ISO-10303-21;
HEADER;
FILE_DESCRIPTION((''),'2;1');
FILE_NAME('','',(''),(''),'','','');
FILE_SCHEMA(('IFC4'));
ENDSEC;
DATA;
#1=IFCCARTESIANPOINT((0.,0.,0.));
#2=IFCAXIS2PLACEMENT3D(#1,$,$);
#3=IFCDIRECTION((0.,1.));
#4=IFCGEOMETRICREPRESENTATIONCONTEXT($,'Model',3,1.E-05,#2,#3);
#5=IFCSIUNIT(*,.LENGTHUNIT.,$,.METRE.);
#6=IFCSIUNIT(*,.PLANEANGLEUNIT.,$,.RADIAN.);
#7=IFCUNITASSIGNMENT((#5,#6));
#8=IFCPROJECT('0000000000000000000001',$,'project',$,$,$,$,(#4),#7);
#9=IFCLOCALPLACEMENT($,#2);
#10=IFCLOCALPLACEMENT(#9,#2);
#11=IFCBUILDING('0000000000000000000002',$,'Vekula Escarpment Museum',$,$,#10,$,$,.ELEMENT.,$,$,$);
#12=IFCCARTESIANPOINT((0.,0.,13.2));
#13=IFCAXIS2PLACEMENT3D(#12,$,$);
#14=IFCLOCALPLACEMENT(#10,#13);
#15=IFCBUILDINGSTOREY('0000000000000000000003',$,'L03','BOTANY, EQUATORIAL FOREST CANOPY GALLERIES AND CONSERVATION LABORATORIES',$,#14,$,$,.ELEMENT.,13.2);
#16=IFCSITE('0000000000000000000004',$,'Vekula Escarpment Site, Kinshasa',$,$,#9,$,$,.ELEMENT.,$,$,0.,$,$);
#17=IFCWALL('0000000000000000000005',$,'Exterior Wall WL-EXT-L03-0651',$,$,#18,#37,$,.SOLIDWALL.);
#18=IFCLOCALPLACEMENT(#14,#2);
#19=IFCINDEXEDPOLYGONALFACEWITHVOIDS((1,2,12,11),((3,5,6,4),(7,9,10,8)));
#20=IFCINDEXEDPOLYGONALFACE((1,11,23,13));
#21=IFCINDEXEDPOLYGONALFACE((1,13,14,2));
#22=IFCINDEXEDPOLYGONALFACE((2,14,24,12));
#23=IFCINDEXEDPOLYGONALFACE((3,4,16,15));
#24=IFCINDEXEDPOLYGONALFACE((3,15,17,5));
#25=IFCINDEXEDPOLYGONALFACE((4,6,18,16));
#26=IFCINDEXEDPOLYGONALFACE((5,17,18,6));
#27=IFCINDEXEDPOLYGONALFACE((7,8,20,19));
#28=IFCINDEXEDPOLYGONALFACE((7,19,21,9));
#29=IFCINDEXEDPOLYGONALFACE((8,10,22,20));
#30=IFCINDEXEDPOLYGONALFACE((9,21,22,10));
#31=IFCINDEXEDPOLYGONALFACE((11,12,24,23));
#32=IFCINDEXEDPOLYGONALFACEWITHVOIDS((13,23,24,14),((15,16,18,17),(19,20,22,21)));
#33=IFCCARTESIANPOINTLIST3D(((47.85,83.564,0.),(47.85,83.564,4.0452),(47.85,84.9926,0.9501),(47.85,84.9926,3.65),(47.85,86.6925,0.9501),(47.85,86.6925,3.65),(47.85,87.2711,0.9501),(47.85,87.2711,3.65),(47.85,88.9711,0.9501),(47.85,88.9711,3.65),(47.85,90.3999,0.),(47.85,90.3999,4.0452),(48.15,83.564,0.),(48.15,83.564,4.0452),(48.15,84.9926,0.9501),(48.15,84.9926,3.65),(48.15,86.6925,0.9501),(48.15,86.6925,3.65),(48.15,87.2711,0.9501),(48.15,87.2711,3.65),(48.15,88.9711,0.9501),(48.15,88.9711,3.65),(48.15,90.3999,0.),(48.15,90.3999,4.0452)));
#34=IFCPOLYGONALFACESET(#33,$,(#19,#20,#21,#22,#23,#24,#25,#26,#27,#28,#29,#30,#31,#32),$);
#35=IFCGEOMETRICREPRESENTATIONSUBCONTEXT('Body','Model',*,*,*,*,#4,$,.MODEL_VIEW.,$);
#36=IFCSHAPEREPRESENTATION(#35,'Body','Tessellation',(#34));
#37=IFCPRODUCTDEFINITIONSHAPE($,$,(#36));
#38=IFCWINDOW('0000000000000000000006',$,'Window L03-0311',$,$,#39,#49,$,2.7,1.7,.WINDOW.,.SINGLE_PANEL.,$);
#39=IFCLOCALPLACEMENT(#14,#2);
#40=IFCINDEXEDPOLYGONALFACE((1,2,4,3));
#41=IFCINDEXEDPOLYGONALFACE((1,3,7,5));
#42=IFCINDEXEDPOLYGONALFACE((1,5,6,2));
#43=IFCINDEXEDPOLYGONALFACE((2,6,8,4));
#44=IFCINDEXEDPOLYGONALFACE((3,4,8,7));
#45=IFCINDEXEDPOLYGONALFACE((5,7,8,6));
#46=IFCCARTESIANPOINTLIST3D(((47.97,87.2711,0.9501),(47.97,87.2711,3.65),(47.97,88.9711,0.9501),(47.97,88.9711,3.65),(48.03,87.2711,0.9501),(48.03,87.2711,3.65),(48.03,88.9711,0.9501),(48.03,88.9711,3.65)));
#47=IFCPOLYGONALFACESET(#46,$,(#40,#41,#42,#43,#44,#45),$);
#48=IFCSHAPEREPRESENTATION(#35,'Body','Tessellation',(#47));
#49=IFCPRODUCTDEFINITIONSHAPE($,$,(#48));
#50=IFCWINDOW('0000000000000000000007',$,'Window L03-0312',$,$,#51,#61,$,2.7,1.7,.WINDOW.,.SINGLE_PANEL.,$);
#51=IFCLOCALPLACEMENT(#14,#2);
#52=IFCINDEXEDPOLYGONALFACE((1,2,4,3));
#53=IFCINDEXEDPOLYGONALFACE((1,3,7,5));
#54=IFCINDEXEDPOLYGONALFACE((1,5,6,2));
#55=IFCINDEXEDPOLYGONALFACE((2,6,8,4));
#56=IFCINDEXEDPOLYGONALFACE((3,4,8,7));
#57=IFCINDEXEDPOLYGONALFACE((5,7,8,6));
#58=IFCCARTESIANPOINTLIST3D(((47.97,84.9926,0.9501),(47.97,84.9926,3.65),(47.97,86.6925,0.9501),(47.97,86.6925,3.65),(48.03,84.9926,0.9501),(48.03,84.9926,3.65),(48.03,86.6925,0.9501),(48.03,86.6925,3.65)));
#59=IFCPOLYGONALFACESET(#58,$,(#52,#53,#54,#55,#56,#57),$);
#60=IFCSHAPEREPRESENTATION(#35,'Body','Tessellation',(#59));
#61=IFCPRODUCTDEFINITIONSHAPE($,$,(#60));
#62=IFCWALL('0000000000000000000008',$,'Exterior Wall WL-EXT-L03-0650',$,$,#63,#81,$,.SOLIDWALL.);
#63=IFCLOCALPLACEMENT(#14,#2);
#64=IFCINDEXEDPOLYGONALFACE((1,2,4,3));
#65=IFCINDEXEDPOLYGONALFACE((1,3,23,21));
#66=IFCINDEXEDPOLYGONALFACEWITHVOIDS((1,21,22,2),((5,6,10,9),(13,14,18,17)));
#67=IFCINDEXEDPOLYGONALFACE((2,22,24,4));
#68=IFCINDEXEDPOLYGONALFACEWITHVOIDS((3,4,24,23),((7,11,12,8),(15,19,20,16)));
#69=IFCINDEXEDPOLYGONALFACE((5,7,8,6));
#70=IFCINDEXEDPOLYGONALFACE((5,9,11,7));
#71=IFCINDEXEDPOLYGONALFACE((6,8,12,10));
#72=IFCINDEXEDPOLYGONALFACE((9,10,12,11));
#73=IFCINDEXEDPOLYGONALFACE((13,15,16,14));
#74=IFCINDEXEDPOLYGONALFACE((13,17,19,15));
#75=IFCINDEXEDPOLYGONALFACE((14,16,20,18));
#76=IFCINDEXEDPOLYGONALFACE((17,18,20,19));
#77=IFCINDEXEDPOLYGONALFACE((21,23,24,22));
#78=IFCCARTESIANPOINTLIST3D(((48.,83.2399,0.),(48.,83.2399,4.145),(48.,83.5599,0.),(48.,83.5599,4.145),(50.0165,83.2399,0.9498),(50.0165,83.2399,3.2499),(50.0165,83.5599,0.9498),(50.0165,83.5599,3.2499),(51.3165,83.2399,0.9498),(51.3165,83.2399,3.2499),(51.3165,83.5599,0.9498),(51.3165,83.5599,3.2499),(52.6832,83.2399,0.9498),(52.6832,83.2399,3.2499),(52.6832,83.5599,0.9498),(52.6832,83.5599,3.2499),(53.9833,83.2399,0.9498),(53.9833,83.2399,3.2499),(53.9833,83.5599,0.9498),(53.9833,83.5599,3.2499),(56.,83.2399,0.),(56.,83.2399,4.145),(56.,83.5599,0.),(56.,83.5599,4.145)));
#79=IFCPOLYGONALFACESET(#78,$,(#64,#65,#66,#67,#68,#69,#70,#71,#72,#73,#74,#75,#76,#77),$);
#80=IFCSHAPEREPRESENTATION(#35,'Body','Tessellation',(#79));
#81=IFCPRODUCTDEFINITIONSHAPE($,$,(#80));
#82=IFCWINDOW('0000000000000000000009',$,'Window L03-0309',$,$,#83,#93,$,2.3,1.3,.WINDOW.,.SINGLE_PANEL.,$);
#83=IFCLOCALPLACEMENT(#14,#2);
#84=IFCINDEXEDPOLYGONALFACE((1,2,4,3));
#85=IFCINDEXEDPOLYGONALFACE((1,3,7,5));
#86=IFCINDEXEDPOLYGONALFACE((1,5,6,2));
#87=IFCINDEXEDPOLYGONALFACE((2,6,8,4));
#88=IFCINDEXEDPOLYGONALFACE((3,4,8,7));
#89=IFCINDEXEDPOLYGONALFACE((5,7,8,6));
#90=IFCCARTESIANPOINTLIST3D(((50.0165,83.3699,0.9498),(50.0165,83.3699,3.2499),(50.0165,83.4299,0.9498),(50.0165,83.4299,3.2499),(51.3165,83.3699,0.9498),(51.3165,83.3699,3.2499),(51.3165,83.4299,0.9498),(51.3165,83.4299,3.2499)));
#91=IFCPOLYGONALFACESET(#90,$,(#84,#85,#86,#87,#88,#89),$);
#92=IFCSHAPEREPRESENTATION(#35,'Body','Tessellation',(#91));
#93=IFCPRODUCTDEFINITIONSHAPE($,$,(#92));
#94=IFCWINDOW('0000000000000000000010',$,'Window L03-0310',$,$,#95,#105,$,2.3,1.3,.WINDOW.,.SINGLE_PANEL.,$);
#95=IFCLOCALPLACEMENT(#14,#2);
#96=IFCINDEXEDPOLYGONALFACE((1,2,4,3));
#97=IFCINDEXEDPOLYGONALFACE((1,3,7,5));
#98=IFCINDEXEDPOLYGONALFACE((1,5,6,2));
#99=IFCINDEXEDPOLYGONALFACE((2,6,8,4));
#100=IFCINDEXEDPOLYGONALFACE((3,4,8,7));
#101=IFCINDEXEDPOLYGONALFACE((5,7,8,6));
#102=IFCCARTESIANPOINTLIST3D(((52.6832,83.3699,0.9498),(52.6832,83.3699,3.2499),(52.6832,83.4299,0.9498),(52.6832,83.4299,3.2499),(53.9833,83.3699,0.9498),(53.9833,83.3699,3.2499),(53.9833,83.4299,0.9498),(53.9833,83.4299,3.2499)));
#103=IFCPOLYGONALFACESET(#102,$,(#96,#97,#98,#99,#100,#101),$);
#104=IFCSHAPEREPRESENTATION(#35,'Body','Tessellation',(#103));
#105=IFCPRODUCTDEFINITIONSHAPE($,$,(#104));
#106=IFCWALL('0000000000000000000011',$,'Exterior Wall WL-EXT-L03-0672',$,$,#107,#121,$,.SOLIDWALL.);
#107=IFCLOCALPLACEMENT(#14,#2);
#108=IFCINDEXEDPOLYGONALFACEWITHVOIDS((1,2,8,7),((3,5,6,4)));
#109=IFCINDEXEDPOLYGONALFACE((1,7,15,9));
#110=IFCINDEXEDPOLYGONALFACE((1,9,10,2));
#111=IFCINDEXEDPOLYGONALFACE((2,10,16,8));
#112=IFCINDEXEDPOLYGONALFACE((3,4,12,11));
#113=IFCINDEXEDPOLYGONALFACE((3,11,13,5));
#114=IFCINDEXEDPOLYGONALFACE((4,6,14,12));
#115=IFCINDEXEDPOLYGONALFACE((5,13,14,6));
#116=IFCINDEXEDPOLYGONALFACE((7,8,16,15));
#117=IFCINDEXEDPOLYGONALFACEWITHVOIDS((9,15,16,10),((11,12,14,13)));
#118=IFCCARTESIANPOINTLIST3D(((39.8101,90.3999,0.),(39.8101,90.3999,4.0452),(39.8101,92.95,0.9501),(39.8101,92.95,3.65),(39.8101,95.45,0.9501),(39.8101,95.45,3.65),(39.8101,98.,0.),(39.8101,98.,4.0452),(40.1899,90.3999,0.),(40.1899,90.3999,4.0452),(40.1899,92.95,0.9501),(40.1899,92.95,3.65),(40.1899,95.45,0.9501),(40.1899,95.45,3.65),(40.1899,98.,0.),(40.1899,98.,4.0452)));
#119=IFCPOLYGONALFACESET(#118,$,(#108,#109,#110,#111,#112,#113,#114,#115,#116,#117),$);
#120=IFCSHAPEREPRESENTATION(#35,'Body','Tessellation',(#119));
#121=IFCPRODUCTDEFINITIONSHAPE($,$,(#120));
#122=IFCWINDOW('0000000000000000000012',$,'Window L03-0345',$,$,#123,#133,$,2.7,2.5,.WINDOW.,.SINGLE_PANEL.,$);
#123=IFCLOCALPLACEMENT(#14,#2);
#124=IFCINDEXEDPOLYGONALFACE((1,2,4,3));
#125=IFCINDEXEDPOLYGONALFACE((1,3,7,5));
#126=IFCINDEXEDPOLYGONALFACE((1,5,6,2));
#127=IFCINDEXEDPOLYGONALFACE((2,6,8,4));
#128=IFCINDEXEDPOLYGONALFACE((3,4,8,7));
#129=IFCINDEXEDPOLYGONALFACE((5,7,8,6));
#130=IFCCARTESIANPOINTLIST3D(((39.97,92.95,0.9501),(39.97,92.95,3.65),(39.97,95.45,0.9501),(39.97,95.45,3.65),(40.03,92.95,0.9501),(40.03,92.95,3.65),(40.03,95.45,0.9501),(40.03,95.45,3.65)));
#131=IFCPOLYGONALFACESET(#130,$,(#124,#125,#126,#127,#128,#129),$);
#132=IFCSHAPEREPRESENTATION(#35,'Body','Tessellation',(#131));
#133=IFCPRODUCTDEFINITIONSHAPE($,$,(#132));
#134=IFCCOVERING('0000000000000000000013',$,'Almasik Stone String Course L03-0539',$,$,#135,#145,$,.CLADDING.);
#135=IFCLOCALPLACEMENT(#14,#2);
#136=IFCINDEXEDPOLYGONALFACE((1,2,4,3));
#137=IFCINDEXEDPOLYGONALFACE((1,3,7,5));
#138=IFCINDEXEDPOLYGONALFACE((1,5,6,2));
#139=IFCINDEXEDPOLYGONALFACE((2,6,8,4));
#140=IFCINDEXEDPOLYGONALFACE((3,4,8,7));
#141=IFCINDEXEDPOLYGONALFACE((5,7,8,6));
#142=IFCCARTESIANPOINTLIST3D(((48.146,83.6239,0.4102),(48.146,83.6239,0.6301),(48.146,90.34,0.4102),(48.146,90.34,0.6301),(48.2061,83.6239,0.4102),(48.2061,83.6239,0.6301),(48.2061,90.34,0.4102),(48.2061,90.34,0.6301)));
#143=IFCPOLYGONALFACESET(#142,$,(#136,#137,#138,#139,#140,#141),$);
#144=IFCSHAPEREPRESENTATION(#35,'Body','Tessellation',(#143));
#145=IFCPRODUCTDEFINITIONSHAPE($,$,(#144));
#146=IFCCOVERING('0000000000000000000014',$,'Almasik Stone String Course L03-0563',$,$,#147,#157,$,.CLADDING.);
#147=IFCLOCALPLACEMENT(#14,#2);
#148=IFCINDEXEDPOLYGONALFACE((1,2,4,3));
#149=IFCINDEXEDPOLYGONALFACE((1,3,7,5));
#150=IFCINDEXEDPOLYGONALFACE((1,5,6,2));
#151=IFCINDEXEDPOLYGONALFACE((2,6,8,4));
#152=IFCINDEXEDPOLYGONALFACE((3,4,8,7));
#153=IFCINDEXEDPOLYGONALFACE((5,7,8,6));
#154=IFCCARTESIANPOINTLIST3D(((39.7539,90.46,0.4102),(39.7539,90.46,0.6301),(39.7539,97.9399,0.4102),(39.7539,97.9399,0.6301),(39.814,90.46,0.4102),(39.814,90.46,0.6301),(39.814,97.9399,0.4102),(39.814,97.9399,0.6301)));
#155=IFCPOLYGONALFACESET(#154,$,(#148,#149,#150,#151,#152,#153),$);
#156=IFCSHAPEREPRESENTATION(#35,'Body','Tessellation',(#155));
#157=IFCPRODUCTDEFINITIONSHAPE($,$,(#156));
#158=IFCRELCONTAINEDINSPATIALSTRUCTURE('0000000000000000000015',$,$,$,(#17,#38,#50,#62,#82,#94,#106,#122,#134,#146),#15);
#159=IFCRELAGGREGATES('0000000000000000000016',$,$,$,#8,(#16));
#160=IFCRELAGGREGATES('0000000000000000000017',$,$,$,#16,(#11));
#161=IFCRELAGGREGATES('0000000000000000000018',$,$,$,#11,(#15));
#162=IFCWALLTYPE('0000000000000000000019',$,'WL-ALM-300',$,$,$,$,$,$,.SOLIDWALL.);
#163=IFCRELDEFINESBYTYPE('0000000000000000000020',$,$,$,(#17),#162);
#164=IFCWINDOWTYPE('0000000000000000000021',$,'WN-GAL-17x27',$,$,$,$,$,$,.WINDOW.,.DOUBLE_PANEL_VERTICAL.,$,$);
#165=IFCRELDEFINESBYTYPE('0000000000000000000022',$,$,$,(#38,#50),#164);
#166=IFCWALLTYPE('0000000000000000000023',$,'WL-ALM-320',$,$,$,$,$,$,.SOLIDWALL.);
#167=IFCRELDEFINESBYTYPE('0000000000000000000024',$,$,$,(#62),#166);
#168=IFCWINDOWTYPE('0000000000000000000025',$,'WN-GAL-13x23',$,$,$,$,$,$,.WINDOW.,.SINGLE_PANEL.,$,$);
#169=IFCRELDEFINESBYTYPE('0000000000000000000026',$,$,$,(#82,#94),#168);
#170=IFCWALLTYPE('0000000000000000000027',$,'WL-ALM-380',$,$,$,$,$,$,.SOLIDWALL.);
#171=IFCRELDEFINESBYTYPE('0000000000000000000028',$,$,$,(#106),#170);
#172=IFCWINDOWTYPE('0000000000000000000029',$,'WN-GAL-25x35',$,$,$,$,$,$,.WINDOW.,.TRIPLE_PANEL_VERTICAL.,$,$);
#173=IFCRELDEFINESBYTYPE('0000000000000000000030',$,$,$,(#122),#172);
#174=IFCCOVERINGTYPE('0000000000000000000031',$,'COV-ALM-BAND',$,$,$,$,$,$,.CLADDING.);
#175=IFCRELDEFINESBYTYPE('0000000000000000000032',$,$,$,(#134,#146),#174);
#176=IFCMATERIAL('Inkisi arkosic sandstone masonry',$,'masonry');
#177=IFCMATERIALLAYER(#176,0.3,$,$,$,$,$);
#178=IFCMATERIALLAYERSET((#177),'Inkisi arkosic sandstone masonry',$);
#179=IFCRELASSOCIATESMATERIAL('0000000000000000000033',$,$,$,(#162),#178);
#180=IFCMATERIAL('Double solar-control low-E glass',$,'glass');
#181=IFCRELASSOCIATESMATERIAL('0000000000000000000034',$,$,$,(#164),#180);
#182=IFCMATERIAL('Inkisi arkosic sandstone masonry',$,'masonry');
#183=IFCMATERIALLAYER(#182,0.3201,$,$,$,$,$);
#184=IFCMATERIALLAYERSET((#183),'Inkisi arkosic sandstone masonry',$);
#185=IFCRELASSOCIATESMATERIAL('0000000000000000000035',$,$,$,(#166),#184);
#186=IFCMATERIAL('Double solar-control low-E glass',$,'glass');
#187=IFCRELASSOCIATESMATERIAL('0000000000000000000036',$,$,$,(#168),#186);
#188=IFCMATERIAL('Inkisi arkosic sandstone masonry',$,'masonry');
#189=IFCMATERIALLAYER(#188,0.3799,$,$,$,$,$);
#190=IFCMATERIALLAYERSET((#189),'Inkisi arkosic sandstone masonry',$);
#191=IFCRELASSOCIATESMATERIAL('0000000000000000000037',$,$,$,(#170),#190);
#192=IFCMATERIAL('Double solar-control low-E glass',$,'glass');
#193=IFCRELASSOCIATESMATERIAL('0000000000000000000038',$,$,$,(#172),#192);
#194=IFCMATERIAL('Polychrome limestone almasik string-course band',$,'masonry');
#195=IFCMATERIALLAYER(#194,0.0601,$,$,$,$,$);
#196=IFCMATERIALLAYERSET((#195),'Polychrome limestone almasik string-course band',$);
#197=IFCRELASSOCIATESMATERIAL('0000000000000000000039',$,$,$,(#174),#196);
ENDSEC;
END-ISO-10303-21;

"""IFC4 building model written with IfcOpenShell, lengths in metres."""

from ifc_helpers import new_model, si_unit, direction, frame, frame_2d, origin, origin_2d, place, context, subcontext, project, spatial, rectangle, extrude, material, layer, layer_set, type_object, element, fill, save


model = new_model("IFC4")

# Units and contexts
model_context = context("Model", 3, precision=1e-05, world=origin(), true_north=direction((0.0, 1.0)))
body_context = subcontext(model_context, "Body", "Model", "MODEL_VIEW")
ifc_project = project(units=[si_unit("LENGTHUNIT", "METRE"), si_unit("PLANEANGLEUNIT", "RADIAN")], contexts=[model_context])

# Site, building, storey
site_placement = place(None, origin())
site = spatial("IfcSite", under=ifc_project, at=site_placement, Name="Vekula Escarpment Site, Kinshasa", CompositionType="ELEMENT", RefElevation=0.0)
building_placement = place(site_placement, origin())
building = spatial("IfcBuilding", under=site, at=building_placement, Name="Vekula Escarpment Museum", CompositionType="ELEMENT")
storey_placement = place(building_placement, frame((0.0, 0.0, 13.2)))
storey = spatial("IfcBuildingStorey", under=building, at=storey_placement, Name="L03", Description="BOTANY, EQUATORIAL FOREST CANOPY GALLERIES AND CONSERVATION LABORATORIES", CompositionType="ELEMENT", Elevation=13.2)

# Walls, openings, windows
ifc_material_1 = material(Name="Inkisi arkosic sandstone masonry", Category="masonry")
ifc_layer_1 = layer(ifc_material_1, 0.3)
ifc_layer_set_1 = layer_set([ifc_layer_1], Name="Inkisi arkosic sandstone masonry")
wall_type_1 = type_object("IfcWallType", Name="WL-ALM-300", PredefinedType="SOLIDWALL", material=ifc_layer_set_1)
wall_1_placement = place(storey_placement, frame((48.0, 90.3999, 0.0), z_axis=(0.0, 0.0, 1.0), x_axis=(0.0, -1.0, 0.0)))
wall_1 = element("IfcWall", 1, at=wall_1_placement, inside=storey, type_object=wall_type_1, Name="Exterior Wall WL-EXT-L03-0651", PredefinedType="SOLIDWALL", context=body_context, shape_type="SweptSolid", body=[
    extrude(rectangle(XDim=6.8359, YDim=0.3, at=frame_2d((3.418, 0.0))), origin(), (0.0, 0.0, 1.0), 4.0452),
])
opening_1_placement = place(wall_1_placement, frame((1.4287, 0.0, 0.95)))
opening_1 = element("IfcOpeningElement", 2, at=opening_1_placement, cuts=wall_1, PredefinedType="OPENING", context=body_context, shape_type="SweptSolid", body=[
    extrude(rectangle(XDim=1.7, YDim=2.7, at=frame_2d((0.8501, 1.3501))), frame((0.0, 0.1599, 0.0), z_axis=(0.0, -1.0, 0.0), x_axis=(1.0, 0.0, 0.0)), (0.0, 0.0, 1.0), 0.3201),
])
opening_2_placement = place(wall_1_placement, frame((3.7073, 0.0, 0.95)))
opening_2 = element("IfcOpeningElement", 3, at=opening_2_placement, cuts=wall_1, PredefinedType="OPENING", context=body_context, shape_type="SweptSolid", body=[
    extrude(rectangle(XDim=1.7, YDim=2.7, at=frame_2d((0.8501, 1.3501))), frame((0.0, 0.1599, 0.0), z_axis=(0.0, -1.0, 0.0), x_axis=(1.0, 0.0, 0.0)), (0.0, 0.0, 1.0), 0.3201),
])
ifc_material_2 = material(Name="Double solar-control low-E glass", Category="glass")
window_type_1 = type_object("IfcWindowType", Name="WN-GAL-17x27", PartitioningType="DOUBLE_PANEL_VERTICAL", PredefinedType="WINDOW", material=ifc_material_2)
window_1_placement = place(opening_1_placement, origin())
window_1 = element("IfcWindow", 4, at=window_1_placement, inside=storey, type_object=window_type_1, Name="Window L03-0311", OverallHeight=2.7, OverallWidth=1.7, PartitioningType="SINGLE_PANEL", PredefinedType="WINDOW", context=body_context, shape_type="SweptSolid", body=[
    extrude(rectangle(XDim=1.7, YDim=2.7, at=frame_2d((0.8501, 1.3501))), frame((0.0, 0.03, 0.0), z_axis=(0.0, -1.0, 0.0), x_axis=(1.0, 0.0, 0.0)), (0.0, 0.0, 1.0), 0.0601),
])
fill(opening_1, window_1)
window_2_placement = place(opening_2_placement, origin())
window_2 = element("IfcWindow", 5, at=window_2_placement, inside=storey, type_object=window_type_1, Name="Window L03-0312", OverallHeight=2.7, OverallWidth=1.7, PartitioningType="SINGLE_PANEL", PredefinedType="WINDOW", context=body_context, shape_type="SweptSolid", body=[
    extrude(rectangle(XDim=1.7, YDim=2.7, at=frame_2d((0.8501, 1.3501))), frame((0.0, 0.03, 0.0), z_axis=(0.0, -1.0, 0.0), x_axis=(1.0, 0.0, 0.0)), (0.0, 0.0, 1.0), 0.0601),
])
fill(opening_2, window_2)
ifc_material_3 = material(Name="Inkisi arkosic sandstone masonry", Category="masonry")
ifc_layer_2 = layer(ifc_material_3, 0.3201)
ifc_layer_set_2 = layer_set([ifc_layer_2], Name="Inkisi arkosic sandstone masonry")
wall_type_2 = type_object("IfcWallType", Name="WL-ALM-320", PredefinedType="SOLIDWALL", material=ifc_layer_set_2)
wall_2_placement = place(storey_placement, frame((48.0, 83.3999, 0.0), z_axis=(0.0, 0.0, 1.0), x_axis=(1.0, 0.0, 0.0)))
wall_2 = element("IfcWall", 6, at=wall_2_placement, inside=storey, type_object=wall_type_2, Name="Exterior Wall WL-EXT-L03-0650", PredefinedType="SOLIDWALL", context=body_context, shape_type="SweptSolid", body=[
    extrude(rectangle(XDim=8.0, YDim=0.3201, at=frame_2d((4.0, 0.0))), origin(), (0.0, 0.0, 1.0), 4.145),
])
opening_3_placement = place(wall_2_placement, frame((2.0166, 0.0, 0.95)))
opening_3 = element("IfcOpeningElement", 7, at=opening_3_placement, cuts=wall_2, PredefinedType="OPENING", context=body_context, shape_type="SweptSolid", body=[
    extrude(rectangle(XDim=1.3, YDim=2.3, at=frame_2d((0.6499, 1.1499))), frame((0.0, 0.1699, 0.0), z_axis=(0.0, -1.0, 0.0), x_axis=(1.0, 0.0, 0.0)), (0.0, 0.0, 1.0), 0.3401),
])
opening_4_placement = place(wall_2_placement, frame((4.6833, 0.0, 0.95)))
opening_4 = element("IfcOpeningElement", 8, at=opening_4_placement, cuts=wall_2, PredefinedType="OPENING", context=body_context, shape_type="SweptSolid", body=[
    extrude(rectangle(XDim=1.3, YDim=2.3, at=frame_2d((0.6499, 1.1499))), frame((0.0, 0.1699, 0.0), z_axis=(0.0, -1.0, 0.0), x_axis=(1.0, 0.0, 0.0)), (0.0, 0.0, 1.0), 0.3401),
])
ifc_material_4 = material(Name="Double solar-control low-E glass", Category="glass")
window_type_2 = type_object("IfcWindowType", Name="WN-GAL-13x23", PartitioningType="SINGLE_PANEL", PredefinedType="WINDOW", material=ifc_material_4)
window_3_placement = place(opening_3_placement, origin())
window_3 = element("IfcWindow", 9, at=window_3_placement, inside=storey, type_object=window_type_2, Name="Window L03-0309", OverallHeight=2.3, OverallWidth=1.3, PartitioningType="SINGLE_PANEL", PredefinedType="WINDOW", context=body_context, shape_type="SweptSolid", body=[
    extrude(rectangle(XDim=1.3, YDim=2.3, at=frame_2d((0.6499, 1.1499))), frame((0.0, 0.03, 0.0), z_axis=(0.0, -1.0, 0.0), x_axis=(1.0, 0.0, 0.0)), (0.0, 0.0, 1.0), 0.0601),
])
fill(opening_3, window_3)
window_4_placement = place(opening_4_placement, origin())
window_4 = element("IfcWindow", 10, at=window_4_placement, inside=storey, type_object=window_type_2, Name="Window L03-0310", OverallHeight=2.3, OverallWidth=1.3, PartitioningType="SINGLE_PANEL", PredefinedType="WINDOW", context=body_context, shape_type="SweptSolid", body=[
    extrude(rectangle(XDim=1.3, YDim=2.3, at=frame_2d((0.6499, 1.1499))), frame((0.0, 0.03, 0.0), z_axis=(0.0, -1.0, 0.0), x_axis=(1.0, 0.0, 0.0)), (0.0, 0.0, 1.0), 0.0601),
])
fill(opening_4, window_4)

# Wall, opening, window
ifc_material_5 = material(Name="Inkisi arkosic sandstone masonry", Category="masonry")
ifc_layer_3 = layer(ifc_material_5, 0.3799)
ifc_layer_set_3 = layer_set([ifc_layer_3], Name="Inkisi arkosic sandstone masonry")
wall_type_3 = type_object("IfcWallType", Name="WL-ALM-380", PredefinedType="SOLIDWALL", material=ifc_layer_set_3)
wall_3_placement = place(storey_placement, frame((40.0, 90.3999, 0.0), z_axis=(0.0, 0.0, 1.0), x_axis=(0.0, 1.0, 0.0)))
wall_3 = element("IfcWall", 11, at=wall_3_placement, inside=storey, type_object=wall_type_3, Name="Exterior Wall WL-EXT-L03-0672", PredefinedType="SOLIDWALL", context=body_context, shape_type="SweptSolid", body=[
    extrude(rectangle(XDim=7.6001, YDim=0.3799, at=frame_2d((3.8, 0.0))), origin(), (0.0, 0.0, 1.0), 4.0452),
])
opening_5_placement = place(wall_3_placement, frame((2.55, 0.0, 0.95)))
opening_5 = element("IfcOpeningElement", 12, at=opening_5_placement, cuts=wall_3, PredefinedType="OPENING", context=body_context, shape_type="SweptSolid", body=[
    extrude(rectangle(XDim=2.5, YDim=2.7, at=frame_2d((1.25, 1.3501))), frame((0.0, 0.2, 0.0), z_axis=(0.0, -1.0, 0.0), x_axis=(1.0, 0.0, 0.0)), (0.0, 0.0, 1.0), 0.3999),
])
ifc_material_6 = material(Name="Double solar-control low-E glass", Category="glass")
window_type_3 = type_object("IfcWindowType", Name="WN-GAL-25x35", PartitioningType="TRIPLE_PANEL_VERTICAL", PredefinedType="WINDOW", material=ifc_material_6)
window_5_placement = place(opening_5_placement, origin())
window_5 = element("IfcWindow", 13, at=window_5_placement, inside=storey, type_object=window_type_3, Name="Window L03-0345", OverallHeight=2.7, OverallWidth=2.5, PartitioningType="SINGLE_PANEL", PredefinedType="WINDOW", context=body_context, shape_type="SweptSolid", body=[
    extrude(rectangle(XDim=2.5, YDim=2.7, at=frame_2d((1.25, 1.3501))), frame((0.0, 0.03, 0.0), z_axis=(0.0, -1.0, 0.0), x_axis=(1.0, 0.0, 0.0)), (0.0, 0.0, 1.0), 0.0601),
])
fill(opening_5, window_5)

# Coverings
ifc_material_7 = material(Name="Polychrome limestone almasik string-course band", Category="masonry")
ifc_layer_4 = layer(ifc_material_7, 0.0601)
ifc_layer_set_4 = layer_set([ifc_layer_4], Name="Polychrome limestone almasik string-course band")
covering_type = type_object("IfcCoveringType", Name="COV-ALM-BAND", PredefinedType="CLADDING", material=ifc_layer_set_4)
covering_1_placement = place(storey_placement, frame((48.176, 86.9819, 0.4102), z_axis=(0.0, 0.0, 1.0), x_axis=(0.0, 1.0, 0.0)))
element("IfcCovering", 14, at=covering_1_placement, inside=storey, type_object=covering_type, Name="Almasik Stone String Course L03-0539", PredefinedType="CLADDING", context=body_context, shape_type="SweptSolid", body=[
    extrude(rectangle(XDim=6.7161, YDim=0.0601, at=origin_2d()), origin(), (0.0, 0.0, 1.0), 0.22),
])
covering_2_placement = place(storey_placement, frame((39.7839, 94.2, 0.4102), z_axis=(0.0, 0.0, 1.0), x_axis=(0.0, 1.0, 0.0)))
element("IfcCovering", 15, at=covering_2_placement, inside=storey, type_object=covering_type, Name="Almasik Stone String Course L03-0563", PredefinedType="CLADDING", context=body_context, shape_type="SweptSolid", body=[
    extrude(rectangle(XDim=7.48, YDim=0.0601, at=origin_2d()), origin(), (0.0, 0.0, 1.0), 0.22),
])

save(model, "model.ifc")
